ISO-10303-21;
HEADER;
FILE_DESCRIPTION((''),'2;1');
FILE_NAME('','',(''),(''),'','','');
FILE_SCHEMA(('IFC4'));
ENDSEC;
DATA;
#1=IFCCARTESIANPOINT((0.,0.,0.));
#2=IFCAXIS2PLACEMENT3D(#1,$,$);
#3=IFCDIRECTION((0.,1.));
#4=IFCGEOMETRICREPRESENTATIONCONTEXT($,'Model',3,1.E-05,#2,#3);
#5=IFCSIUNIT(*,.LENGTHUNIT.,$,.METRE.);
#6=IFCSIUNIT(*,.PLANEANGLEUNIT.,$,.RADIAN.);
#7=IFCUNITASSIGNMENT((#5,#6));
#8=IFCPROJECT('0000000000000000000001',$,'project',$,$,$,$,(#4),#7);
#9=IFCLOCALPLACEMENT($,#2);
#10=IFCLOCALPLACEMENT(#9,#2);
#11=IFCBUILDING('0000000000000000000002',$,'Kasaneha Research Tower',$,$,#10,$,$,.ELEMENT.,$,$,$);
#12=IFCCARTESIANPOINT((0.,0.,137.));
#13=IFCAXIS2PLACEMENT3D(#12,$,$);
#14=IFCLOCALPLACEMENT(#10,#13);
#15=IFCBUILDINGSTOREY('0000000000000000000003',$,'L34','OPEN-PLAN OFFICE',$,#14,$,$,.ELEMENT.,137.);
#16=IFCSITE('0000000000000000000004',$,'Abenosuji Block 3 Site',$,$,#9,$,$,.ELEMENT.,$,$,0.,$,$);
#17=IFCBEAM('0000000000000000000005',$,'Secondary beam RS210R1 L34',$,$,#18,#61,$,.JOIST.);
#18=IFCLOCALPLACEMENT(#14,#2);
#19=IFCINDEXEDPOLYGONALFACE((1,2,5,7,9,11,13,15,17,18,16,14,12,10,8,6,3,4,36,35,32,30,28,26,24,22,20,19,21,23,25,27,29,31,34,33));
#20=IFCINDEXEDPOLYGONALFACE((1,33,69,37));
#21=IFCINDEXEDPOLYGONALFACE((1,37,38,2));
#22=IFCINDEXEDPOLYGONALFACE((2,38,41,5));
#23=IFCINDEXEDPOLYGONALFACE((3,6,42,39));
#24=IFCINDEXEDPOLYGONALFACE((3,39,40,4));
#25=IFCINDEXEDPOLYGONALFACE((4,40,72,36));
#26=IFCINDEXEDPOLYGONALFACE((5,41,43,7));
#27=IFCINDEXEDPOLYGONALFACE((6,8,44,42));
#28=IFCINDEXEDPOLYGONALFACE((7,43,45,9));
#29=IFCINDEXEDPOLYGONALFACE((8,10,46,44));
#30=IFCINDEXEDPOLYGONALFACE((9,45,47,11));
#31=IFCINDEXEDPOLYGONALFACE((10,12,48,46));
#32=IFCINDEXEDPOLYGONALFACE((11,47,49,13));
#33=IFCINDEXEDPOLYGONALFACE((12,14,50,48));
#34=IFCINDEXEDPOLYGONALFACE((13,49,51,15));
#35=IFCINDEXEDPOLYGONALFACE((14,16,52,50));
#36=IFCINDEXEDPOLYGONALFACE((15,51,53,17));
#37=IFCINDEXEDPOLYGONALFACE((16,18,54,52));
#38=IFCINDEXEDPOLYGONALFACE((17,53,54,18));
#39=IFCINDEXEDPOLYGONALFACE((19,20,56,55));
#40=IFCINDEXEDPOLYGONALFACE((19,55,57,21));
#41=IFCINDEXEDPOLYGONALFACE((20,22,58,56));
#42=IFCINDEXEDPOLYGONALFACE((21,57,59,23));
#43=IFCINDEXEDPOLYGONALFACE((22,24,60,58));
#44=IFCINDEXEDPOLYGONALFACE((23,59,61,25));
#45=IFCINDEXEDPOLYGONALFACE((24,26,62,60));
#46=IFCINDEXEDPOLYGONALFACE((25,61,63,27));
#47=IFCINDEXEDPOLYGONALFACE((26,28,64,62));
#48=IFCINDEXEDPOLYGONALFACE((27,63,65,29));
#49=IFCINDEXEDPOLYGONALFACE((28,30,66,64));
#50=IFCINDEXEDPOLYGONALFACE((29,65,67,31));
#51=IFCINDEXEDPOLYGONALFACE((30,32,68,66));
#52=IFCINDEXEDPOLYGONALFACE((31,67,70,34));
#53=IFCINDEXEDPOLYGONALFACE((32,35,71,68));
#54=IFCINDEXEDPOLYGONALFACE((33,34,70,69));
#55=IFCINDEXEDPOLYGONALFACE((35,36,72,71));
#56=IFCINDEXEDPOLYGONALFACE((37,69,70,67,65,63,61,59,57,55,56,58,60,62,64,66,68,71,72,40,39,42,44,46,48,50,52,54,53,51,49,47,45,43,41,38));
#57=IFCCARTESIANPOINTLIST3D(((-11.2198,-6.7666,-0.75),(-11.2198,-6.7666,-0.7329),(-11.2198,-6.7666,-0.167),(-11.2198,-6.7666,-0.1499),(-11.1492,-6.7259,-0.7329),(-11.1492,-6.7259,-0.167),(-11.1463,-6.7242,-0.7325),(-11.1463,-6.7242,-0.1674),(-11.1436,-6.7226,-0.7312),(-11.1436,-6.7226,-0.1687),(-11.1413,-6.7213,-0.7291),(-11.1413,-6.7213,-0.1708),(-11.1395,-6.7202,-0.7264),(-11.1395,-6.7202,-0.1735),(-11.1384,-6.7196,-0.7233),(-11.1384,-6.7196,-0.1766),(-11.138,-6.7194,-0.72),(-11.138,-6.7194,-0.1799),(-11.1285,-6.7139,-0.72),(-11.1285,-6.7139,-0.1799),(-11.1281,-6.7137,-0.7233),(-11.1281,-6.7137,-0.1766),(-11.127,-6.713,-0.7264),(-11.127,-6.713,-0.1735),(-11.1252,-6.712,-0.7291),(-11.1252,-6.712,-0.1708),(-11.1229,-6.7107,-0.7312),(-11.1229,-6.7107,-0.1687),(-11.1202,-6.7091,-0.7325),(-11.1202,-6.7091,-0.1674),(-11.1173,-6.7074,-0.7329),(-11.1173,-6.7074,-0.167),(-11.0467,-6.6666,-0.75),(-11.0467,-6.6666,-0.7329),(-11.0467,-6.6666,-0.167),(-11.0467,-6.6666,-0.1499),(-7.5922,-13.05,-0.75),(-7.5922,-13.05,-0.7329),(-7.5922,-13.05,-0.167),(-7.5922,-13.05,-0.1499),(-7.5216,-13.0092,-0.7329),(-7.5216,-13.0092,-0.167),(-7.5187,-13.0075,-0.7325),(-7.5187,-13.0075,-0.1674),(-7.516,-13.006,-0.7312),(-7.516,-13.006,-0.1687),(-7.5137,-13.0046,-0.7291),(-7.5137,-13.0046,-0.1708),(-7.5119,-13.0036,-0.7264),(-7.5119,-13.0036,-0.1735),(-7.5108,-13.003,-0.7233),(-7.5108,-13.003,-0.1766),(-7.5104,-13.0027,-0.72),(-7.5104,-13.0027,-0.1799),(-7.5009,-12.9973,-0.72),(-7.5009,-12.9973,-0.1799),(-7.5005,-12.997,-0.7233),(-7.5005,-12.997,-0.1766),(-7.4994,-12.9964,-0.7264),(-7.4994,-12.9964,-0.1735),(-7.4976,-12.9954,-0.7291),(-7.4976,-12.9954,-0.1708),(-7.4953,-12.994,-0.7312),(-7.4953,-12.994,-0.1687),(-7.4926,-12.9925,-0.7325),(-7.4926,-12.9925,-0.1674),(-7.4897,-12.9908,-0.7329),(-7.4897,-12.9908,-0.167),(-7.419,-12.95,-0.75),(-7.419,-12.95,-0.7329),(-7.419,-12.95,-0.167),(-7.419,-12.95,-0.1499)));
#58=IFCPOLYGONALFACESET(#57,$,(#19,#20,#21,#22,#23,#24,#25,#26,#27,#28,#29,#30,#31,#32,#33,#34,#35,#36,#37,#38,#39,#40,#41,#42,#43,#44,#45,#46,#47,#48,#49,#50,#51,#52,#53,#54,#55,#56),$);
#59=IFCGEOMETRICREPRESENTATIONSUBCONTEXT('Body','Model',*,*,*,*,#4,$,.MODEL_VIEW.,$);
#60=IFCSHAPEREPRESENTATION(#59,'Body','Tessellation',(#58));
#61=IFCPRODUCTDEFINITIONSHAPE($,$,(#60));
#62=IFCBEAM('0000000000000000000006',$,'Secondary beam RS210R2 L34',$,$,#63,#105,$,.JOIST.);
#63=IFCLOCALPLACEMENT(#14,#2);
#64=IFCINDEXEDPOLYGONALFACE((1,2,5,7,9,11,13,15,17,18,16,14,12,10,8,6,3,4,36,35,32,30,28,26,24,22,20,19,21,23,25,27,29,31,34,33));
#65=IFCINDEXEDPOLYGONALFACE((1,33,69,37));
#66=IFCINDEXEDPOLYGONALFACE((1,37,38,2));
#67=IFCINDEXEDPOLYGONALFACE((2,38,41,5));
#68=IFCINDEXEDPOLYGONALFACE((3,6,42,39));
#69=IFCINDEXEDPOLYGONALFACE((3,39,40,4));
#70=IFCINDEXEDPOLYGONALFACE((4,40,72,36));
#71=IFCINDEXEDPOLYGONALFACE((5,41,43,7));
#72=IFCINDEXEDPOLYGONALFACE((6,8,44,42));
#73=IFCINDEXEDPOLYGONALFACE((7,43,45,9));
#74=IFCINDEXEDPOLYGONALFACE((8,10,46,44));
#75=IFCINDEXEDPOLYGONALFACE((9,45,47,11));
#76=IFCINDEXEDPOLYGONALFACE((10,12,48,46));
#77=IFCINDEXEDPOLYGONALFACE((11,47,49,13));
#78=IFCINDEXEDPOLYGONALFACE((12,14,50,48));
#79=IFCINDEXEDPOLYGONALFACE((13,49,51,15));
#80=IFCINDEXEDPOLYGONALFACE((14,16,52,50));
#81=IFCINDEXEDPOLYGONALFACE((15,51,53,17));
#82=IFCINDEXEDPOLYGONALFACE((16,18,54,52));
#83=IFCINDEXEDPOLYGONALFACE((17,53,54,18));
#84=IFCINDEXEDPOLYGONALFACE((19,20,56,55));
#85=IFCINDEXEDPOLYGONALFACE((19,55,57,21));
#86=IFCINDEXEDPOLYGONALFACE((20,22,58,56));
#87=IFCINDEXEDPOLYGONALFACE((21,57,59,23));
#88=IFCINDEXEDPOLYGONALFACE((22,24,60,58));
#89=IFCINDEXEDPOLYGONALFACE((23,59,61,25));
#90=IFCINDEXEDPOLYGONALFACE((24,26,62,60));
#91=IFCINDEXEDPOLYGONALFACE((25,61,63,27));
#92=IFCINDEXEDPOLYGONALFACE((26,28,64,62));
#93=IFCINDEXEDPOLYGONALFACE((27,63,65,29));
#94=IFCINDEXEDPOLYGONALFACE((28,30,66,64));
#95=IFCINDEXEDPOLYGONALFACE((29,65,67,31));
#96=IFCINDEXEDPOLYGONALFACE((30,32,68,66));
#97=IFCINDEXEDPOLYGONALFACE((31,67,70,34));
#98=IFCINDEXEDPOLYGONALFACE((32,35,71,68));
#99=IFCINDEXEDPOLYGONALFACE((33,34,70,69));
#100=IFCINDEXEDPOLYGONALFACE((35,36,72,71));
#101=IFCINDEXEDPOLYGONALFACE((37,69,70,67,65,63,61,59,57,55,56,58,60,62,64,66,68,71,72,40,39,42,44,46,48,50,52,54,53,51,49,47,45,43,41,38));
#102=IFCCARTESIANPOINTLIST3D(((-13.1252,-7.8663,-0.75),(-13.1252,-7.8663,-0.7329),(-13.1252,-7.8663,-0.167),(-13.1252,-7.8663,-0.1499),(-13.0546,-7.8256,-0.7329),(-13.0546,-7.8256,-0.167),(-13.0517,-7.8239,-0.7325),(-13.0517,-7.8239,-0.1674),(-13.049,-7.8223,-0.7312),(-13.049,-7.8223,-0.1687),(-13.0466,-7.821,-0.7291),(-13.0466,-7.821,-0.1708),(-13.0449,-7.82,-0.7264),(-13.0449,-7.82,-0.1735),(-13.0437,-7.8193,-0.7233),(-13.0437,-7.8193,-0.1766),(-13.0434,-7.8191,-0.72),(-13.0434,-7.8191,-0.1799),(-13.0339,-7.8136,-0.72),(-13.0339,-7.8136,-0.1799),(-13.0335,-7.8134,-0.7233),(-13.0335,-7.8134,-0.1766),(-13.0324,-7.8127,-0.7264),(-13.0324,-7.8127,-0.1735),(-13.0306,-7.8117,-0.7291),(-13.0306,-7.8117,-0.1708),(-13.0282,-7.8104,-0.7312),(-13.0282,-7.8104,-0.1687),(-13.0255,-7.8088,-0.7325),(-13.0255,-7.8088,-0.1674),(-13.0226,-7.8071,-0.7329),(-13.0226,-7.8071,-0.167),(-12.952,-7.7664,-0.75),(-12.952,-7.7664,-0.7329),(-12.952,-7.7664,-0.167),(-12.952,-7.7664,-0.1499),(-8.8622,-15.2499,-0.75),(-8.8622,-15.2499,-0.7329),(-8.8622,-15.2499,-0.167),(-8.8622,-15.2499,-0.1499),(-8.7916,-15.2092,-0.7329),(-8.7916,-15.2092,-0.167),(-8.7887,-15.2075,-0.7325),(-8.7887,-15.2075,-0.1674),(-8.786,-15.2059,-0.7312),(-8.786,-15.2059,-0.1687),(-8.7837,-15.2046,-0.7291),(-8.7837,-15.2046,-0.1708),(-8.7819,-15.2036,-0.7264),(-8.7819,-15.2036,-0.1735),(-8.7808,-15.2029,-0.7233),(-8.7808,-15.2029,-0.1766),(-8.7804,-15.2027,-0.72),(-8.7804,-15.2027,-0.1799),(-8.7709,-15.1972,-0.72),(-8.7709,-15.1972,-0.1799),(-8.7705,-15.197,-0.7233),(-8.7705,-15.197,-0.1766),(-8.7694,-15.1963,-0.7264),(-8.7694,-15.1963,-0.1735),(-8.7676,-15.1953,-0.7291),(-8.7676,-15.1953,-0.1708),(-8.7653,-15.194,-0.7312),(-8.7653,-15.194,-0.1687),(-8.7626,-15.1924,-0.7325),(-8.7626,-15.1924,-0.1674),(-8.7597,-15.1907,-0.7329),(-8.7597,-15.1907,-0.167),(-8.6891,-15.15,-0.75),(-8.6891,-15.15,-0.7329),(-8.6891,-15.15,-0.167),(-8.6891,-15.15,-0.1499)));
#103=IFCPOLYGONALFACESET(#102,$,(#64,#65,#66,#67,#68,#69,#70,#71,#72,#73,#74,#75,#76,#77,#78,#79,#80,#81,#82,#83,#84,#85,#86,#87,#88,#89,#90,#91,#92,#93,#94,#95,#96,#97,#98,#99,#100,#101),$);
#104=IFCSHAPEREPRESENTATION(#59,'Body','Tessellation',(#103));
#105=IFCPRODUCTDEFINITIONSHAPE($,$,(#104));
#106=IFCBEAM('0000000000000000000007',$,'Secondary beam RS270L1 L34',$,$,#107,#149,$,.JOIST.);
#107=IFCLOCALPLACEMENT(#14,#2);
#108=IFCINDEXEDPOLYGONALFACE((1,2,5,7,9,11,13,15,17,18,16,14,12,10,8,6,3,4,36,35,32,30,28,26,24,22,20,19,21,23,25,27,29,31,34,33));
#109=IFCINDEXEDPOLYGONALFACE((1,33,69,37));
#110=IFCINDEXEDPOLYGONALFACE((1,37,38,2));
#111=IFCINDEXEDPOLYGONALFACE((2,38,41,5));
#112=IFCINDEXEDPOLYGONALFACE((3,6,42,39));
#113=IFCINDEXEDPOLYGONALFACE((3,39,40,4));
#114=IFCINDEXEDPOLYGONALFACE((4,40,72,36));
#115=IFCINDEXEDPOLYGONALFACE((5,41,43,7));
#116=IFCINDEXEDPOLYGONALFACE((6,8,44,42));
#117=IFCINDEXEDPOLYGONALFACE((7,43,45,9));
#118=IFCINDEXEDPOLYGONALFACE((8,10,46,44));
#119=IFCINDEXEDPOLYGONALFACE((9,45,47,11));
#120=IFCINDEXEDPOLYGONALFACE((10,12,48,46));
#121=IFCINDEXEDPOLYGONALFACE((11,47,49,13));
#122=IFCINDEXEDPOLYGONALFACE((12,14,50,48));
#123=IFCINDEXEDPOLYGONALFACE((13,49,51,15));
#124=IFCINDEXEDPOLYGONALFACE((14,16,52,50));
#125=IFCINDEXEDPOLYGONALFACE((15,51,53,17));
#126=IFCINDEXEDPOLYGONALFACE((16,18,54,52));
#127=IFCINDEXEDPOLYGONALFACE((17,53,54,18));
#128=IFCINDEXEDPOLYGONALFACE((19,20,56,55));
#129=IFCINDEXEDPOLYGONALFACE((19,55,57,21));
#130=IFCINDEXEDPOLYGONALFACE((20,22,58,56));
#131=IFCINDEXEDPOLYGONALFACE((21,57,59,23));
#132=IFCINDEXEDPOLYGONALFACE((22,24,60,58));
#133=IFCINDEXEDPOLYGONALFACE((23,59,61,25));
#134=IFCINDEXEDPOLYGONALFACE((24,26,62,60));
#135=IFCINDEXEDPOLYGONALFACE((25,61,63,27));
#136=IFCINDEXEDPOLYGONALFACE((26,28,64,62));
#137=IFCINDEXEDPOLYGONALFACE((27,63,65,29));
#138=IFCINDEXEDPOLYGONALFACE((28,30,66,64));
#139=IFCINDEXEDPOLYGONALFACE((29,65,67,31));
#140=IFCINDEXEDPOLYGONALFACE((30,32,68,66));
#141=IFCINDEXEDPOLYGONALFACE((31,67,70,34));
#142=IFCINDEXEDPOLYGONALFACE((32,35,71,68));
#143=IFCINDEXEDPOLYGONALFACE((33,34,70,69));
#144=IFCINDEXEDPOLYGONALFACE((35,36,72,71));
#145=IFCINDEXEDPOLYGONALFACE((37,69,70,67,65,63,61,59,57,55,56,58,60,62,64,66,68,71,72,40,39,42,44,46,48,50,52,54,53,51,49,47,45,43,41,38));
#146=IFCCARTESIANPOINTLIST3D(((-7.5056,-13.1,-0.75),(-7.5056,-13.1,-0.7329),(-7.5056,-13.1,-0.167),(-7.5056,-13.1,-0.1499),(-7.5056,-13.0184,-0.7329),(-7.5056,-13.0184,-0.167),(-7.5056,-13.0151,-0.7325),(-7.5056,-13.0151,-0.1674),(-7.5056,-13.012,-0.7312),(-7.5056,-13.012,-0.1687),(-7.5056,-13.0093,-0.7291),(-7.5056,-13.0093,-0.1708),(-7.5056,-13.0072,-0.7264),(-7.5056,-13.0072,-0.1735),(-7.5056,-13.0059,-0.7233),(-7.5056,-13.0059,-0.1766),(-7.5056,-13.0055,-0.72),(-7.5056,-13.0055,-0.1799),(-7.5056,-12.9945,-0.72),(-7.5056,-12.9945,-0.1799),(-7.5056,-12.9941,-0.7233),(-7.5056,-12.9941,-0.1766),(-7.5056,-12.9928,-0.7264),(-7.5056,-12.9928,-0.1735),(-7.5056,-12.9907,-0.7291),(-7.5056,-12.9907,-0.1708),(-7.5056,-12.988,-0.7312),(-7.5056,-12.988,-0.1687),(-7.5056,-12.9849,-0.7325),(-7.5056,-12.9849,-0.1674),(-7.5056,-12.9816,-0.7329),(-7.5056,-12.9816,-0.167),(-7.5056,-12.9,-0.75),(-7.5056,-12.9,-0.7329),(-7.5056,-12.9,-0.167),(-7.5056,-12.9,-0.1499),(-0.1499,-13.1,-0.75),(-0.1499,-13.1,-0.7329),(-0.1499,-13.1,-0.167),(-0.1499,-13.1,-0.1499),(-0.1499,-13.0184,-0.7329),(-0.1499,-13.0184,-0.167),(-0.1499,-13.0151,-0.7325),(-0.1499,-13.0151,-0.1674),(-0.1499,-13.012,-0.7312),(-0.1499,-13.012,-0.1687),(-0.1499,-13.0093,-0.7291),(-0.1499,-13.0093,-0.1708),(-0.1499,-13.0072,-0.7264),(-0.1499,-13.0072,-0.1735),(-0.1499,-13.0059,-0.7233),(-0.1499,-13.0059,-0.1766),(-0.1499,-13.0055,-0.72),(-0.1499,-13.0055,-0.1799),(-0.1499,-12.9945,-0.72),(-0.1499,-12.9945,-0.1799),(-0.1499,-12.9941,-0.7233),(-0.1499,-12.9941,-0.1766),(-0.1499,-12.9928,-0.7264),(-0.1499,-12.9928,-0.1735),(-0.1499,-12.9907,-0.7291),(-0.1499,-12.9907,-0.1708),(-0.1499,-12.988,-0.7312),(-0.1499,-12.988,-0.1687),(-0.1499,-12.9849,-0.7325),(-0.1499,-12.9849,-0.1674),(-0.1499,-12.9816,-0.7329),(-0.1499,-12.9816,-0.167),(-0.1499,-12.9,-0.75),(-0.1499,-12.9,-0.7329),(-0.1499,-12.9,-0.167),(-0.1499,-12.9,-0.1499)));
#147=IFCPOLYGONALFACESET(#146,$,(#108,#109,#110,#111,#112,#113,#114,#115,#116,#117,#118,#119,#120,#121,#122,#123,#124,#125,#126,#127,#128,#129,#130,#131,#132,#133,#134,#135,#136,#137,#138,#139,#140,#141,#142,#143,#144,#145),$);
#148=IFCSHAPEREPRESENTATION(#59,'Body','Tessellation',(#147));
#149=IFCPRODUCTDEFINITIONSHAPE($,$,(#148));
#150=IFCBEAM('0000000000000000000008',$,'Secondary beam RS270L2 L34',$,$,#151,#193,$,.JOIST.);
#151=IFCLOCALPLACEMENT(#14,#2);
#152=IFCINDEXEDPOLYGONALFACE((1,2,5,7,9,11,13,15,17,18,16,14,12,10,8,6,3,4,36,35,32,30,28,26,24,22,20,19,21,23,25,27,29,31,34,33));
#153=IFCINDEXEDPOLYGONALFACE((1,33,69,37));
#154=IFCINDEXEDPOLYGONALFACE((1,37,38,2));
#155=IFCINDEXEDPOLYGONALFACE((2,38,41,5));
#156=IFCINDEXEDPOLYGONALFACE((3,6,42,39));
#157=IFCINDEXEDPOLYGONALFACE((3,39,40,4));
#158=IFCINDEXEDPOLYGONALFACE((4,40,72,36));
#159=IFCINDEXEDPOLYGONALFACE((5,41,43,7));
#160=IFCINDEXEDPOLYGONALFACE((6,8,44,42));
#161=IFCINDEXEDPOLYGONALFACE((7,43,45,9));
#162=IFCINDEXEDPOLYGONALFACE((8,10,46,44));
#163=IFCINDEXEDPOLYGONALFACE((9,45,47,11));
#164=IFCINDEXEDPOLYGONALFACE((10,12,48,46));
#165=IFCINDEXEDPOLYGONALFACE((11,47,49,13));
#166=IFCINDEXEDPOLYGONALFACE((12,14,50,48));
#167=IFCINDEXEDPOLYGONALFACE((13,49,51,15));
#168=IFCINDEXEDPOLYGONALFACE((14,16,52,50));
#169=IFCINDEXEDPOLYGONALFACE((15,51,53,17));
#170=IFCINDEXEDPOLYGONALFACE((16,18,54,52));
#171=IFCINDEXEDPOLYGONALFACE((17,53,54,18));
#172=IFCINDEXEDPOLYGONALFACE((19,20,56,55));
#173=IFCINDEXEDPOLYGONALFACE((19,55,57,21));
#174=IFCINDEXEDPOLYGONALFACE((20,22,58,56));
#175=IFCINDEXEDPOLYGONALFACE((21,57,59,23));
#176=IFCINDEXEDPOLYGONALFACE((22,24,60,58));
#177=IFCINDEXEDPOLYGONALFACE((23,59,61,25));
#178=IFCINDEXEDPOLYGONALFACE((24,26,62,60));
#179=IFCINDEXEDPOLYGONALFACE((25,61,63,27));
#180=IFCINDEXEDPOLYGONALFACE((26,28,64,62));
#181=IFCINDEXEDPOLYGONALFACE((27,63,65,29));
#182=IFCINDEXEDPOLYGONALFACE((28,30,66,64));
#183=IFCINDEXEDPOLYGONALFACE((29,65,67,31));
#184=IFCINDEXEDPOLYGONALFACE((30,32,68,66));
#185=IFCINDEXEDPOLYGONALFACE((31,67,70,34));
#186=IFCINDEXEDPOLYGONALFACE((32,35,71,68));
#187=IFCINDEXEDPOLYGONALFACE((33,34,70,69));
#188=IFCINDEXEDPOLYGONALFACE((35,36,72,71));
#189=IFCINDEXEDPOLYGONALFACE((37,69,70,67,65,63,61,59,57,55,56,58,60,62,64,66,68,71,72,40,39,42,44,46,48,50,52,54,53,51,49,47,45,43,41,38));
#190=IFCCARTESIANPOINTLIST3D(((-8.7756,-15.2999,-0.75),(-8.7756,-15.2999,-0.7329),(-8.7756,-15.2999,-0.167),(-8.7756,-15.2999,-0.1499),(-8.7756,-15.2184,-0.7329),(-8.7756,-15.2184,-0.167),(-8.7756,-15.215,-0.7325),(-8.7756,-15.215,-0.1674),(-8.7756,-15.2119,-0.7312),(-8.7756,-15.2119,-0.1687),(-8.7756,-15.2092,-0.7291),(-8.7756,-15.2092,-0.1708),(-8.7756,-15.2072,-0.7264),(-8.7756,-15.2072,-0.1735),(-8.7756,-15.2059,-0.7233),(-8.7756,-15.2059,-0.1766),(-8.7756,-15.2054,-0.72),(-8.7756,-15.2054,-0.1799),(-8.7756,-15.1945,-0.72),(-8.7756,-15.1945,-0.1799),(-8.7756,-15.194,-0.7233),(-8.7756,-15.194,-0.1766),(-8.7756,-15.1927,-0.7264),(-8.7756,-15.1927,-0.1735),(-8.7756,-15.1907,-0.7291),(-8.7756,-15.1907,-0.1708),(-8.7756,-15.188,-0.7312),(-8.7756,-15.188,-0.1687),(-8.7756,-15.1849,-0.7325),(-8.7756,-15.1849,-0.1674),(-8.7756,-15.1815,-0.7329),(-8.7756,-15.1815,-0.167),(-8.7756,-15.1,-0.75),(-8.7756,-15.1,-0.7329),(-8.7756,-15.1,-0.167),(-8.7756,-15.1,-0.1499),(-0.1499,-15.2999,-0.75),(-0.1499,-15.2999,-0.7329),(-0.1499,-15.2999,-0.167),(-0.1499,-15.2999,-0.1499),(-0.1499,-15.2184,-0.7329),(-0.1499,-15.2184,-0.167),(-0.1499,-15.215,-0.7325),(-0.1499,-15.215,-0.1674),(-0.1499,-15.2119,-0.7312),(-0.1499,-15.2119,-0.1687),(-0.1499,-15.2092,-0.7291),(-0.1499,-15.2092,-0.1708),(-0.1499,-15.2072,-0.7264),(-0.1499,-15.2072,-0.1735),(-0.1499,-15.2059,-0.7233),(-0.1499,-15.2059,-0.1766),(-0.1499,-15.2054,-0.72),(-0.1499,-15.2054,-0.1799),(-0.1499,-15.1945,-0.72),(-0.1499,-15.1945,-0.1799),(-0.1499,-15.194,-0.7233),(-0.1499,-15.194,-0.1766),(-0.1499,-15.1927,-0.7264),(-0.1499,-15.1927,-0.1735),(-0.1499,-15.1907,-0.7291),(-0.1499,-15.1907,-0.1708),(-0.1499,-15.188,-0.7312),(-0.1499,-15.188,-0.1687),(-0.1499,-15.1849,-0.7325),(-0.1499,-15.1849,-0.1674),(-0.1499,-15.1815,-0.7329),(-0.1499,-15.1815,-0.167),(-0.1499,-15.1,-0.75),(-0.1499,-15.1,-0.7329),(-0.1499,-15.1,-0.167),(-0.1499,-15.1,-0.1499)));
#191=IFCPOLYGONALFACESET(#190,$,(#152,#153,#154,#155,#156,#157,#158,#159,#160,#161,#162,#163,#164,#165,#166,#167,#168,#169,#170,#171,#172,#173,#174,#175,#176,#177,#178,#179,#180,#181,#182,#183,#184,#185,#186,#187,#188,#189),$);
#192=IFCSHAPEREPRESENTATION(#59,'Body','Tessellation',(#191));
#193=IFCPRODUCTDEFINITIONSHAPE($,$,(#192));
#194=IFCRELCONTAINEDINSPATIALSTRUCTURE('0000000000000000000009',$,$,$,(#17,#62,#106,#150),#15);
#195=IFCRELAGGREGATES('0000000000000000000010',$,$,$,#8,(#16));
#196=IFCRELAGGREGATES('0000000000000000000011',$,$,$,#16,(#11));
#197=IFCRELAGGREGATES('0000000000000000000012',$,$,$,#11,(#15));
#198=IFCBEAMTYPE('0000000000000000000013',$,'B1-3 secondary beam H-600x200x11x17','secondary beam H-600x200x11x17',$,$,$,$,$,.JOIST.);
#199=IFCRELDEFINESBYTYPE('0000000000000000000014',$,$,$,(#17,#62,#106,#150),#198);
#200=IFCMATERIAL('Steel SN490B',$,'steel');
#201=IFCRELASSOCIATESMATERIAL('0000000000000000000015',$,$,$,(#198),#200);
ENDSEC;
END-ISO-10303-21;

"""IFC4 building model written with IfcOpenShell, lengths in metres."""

from ifc_helpers import new_model, si_unit, direction, frame, origin, origin_2d, place, context, subcontext, project, spatial, i_section, extrude, material, material_profile, profile_set, type_object, element, save


model = new_model("IFC4")

# Units and contexts
model_context = context("Model", 3, precision=1e-05, world=origin(), true_north=direction((0.0, 1.0)))
body_context = subcontext(model_context, "Body", "Model", "MODEL_VIEW")
ifc_project = project(units=[si_unit("LENGTHUNIT", "METRE"), si_unit("PLANEANGLEUNIT", "RADIAN")], contexts=[model_context])

# Site, building, storey
site_placement = place(None, origin())
site = spatial("IfcSite", under=ifc_project, at=site_placement, Name="Abenosuji Block 3 Site", CompositionType="ELEMENT", RefElevation=0.0)
building_placement = place(site_placement, origin())
building = spatial("IfcBuilding", under=site, at=building_placement, Name="Kasaneha Research Tower", CompositionType="ELEMENT")
storey_placement = place(building_placement, frame((0.0, 0.0, 137.0)))
storey = spatial("IfcBuildingStorey", under=building, at=storey_placement, Name="L34", Description="OPEN-PLAN OFFICE", CompositionType="ELEMENT", Elevation=137.0)

# Beams
ifc_material_1 = material(Name="Steel SN490B", Category="steel")
ifc_material_profile = material_profile(ifc_material_1, i_section(OverallWidth=0.2, OverallDepth=0.6001, WebThickness=0.011, FlangeThickness=0.0171, FilletRadius=0.0129, at=origin_2d()), Name="H-600x200x11x17")
ifc_profile_set = profile_set([ifc_material_profile], Name="Steel SN490B")
beam_type = type_object("IfcBeamType", Name="B1-3 secondary beam H-600x200x11x17", Description="secondary beam H-600x200x11x17", PredefinedType="JOIST", material=ifc_profile_set)
beam_1_placement = place(storey_placement, frame((-7.5056, -13.0, -0.45), z_axis=(-0.499993, 0.866029, 0.0), x_axis=(-0.866029, -0.499993, 0.0)))
element("IfcBeam", 1, at=beam_1_placement, inside=storey, type_object=beam_type, Name="Secondary beam RS210R1 L34", PredefinedType="JOIST", context=body_context, shape_type="SweptSolid", body=[
    extrude(i_section(OverallWidth=0.2, OverallDepth=0.6001, WebThickness=0.011, FlangeThickness=0.0171, FilletRadius=0.0129, at=origin_2d()), origin(), (0.0, 0.0, 1.0), 7.2554),
])
beam_2_placement = place(storey_placement, frame((-8.7756, -15.2, -0.45), z_axis=(-0.500004, 0.866023, 0.0), x_axis=(-0.866023, -0.500004, 0.0)))
element("IfcBeam", 2, at=beam_2_placement, inside=storey, type_object=beam_type, Name="Secondary beam RS210R2 L34", PredefinedType="JOIST", context=body_context, shape_type="SweptSolid", body=[
    extrude(i_section(OverallWidth=0.2, OverallDepth=0.6001, WebThickness=0.011, FlangeThickness=0.0171, FilletRadius=0.0129, at=origin_2d()), origin(), (0.0, 0.0, 1.0), 8.5259),
])
beam_3_placement = place(storey_placement, frame((-7.5056, -13.0, -0.45), z_axis=(1.0, 0.0, 0.0), x_axis=(0.0, 1.0, 0.0)))
element("IfcBeam", 3, at=beam_3_placement, inside=storey, type_object=beam_type, Name="Secondary beam RS270L1 L34", PredefinedType="JOIST", context=body_context, shape_type="SweptSolid", body=[
    extrude(i_section(OverallWidth=0.2, OverallDepth=0.6001, WebThickness=0.011, FlangeThickness=0.0171, FilletRadius=0.0129, at=origin_2d()), origin(), (0.0, 0.0, 1.0), 7.3557),
])
beam_4_placement = place(storey_placement, frame((-8.7756, -15.2, -0.45), z_axis=(1.0, 0.0, 0.0), x_axis=(0.0, 1.0, 0.0)))
element("IfcBeam", 4, at=beam_4_placement, inside=storey, type_object=beam_type, Name="Secondary beam RS270L2 L34", PredefinedType="JOIST", context=body_context, shape_type="SweptSolid", body=[
    extrude(i_section(OverallWidth=0.2, OverallDepth=0.6001, WebThickness=0.011, FlangeThickness=0.0171, FilletRadius=0.0129, at=origin_2d()), origin(), (0.0, 0.0, 1.0), 8.6257),
])

save(model, "model.ifc")
